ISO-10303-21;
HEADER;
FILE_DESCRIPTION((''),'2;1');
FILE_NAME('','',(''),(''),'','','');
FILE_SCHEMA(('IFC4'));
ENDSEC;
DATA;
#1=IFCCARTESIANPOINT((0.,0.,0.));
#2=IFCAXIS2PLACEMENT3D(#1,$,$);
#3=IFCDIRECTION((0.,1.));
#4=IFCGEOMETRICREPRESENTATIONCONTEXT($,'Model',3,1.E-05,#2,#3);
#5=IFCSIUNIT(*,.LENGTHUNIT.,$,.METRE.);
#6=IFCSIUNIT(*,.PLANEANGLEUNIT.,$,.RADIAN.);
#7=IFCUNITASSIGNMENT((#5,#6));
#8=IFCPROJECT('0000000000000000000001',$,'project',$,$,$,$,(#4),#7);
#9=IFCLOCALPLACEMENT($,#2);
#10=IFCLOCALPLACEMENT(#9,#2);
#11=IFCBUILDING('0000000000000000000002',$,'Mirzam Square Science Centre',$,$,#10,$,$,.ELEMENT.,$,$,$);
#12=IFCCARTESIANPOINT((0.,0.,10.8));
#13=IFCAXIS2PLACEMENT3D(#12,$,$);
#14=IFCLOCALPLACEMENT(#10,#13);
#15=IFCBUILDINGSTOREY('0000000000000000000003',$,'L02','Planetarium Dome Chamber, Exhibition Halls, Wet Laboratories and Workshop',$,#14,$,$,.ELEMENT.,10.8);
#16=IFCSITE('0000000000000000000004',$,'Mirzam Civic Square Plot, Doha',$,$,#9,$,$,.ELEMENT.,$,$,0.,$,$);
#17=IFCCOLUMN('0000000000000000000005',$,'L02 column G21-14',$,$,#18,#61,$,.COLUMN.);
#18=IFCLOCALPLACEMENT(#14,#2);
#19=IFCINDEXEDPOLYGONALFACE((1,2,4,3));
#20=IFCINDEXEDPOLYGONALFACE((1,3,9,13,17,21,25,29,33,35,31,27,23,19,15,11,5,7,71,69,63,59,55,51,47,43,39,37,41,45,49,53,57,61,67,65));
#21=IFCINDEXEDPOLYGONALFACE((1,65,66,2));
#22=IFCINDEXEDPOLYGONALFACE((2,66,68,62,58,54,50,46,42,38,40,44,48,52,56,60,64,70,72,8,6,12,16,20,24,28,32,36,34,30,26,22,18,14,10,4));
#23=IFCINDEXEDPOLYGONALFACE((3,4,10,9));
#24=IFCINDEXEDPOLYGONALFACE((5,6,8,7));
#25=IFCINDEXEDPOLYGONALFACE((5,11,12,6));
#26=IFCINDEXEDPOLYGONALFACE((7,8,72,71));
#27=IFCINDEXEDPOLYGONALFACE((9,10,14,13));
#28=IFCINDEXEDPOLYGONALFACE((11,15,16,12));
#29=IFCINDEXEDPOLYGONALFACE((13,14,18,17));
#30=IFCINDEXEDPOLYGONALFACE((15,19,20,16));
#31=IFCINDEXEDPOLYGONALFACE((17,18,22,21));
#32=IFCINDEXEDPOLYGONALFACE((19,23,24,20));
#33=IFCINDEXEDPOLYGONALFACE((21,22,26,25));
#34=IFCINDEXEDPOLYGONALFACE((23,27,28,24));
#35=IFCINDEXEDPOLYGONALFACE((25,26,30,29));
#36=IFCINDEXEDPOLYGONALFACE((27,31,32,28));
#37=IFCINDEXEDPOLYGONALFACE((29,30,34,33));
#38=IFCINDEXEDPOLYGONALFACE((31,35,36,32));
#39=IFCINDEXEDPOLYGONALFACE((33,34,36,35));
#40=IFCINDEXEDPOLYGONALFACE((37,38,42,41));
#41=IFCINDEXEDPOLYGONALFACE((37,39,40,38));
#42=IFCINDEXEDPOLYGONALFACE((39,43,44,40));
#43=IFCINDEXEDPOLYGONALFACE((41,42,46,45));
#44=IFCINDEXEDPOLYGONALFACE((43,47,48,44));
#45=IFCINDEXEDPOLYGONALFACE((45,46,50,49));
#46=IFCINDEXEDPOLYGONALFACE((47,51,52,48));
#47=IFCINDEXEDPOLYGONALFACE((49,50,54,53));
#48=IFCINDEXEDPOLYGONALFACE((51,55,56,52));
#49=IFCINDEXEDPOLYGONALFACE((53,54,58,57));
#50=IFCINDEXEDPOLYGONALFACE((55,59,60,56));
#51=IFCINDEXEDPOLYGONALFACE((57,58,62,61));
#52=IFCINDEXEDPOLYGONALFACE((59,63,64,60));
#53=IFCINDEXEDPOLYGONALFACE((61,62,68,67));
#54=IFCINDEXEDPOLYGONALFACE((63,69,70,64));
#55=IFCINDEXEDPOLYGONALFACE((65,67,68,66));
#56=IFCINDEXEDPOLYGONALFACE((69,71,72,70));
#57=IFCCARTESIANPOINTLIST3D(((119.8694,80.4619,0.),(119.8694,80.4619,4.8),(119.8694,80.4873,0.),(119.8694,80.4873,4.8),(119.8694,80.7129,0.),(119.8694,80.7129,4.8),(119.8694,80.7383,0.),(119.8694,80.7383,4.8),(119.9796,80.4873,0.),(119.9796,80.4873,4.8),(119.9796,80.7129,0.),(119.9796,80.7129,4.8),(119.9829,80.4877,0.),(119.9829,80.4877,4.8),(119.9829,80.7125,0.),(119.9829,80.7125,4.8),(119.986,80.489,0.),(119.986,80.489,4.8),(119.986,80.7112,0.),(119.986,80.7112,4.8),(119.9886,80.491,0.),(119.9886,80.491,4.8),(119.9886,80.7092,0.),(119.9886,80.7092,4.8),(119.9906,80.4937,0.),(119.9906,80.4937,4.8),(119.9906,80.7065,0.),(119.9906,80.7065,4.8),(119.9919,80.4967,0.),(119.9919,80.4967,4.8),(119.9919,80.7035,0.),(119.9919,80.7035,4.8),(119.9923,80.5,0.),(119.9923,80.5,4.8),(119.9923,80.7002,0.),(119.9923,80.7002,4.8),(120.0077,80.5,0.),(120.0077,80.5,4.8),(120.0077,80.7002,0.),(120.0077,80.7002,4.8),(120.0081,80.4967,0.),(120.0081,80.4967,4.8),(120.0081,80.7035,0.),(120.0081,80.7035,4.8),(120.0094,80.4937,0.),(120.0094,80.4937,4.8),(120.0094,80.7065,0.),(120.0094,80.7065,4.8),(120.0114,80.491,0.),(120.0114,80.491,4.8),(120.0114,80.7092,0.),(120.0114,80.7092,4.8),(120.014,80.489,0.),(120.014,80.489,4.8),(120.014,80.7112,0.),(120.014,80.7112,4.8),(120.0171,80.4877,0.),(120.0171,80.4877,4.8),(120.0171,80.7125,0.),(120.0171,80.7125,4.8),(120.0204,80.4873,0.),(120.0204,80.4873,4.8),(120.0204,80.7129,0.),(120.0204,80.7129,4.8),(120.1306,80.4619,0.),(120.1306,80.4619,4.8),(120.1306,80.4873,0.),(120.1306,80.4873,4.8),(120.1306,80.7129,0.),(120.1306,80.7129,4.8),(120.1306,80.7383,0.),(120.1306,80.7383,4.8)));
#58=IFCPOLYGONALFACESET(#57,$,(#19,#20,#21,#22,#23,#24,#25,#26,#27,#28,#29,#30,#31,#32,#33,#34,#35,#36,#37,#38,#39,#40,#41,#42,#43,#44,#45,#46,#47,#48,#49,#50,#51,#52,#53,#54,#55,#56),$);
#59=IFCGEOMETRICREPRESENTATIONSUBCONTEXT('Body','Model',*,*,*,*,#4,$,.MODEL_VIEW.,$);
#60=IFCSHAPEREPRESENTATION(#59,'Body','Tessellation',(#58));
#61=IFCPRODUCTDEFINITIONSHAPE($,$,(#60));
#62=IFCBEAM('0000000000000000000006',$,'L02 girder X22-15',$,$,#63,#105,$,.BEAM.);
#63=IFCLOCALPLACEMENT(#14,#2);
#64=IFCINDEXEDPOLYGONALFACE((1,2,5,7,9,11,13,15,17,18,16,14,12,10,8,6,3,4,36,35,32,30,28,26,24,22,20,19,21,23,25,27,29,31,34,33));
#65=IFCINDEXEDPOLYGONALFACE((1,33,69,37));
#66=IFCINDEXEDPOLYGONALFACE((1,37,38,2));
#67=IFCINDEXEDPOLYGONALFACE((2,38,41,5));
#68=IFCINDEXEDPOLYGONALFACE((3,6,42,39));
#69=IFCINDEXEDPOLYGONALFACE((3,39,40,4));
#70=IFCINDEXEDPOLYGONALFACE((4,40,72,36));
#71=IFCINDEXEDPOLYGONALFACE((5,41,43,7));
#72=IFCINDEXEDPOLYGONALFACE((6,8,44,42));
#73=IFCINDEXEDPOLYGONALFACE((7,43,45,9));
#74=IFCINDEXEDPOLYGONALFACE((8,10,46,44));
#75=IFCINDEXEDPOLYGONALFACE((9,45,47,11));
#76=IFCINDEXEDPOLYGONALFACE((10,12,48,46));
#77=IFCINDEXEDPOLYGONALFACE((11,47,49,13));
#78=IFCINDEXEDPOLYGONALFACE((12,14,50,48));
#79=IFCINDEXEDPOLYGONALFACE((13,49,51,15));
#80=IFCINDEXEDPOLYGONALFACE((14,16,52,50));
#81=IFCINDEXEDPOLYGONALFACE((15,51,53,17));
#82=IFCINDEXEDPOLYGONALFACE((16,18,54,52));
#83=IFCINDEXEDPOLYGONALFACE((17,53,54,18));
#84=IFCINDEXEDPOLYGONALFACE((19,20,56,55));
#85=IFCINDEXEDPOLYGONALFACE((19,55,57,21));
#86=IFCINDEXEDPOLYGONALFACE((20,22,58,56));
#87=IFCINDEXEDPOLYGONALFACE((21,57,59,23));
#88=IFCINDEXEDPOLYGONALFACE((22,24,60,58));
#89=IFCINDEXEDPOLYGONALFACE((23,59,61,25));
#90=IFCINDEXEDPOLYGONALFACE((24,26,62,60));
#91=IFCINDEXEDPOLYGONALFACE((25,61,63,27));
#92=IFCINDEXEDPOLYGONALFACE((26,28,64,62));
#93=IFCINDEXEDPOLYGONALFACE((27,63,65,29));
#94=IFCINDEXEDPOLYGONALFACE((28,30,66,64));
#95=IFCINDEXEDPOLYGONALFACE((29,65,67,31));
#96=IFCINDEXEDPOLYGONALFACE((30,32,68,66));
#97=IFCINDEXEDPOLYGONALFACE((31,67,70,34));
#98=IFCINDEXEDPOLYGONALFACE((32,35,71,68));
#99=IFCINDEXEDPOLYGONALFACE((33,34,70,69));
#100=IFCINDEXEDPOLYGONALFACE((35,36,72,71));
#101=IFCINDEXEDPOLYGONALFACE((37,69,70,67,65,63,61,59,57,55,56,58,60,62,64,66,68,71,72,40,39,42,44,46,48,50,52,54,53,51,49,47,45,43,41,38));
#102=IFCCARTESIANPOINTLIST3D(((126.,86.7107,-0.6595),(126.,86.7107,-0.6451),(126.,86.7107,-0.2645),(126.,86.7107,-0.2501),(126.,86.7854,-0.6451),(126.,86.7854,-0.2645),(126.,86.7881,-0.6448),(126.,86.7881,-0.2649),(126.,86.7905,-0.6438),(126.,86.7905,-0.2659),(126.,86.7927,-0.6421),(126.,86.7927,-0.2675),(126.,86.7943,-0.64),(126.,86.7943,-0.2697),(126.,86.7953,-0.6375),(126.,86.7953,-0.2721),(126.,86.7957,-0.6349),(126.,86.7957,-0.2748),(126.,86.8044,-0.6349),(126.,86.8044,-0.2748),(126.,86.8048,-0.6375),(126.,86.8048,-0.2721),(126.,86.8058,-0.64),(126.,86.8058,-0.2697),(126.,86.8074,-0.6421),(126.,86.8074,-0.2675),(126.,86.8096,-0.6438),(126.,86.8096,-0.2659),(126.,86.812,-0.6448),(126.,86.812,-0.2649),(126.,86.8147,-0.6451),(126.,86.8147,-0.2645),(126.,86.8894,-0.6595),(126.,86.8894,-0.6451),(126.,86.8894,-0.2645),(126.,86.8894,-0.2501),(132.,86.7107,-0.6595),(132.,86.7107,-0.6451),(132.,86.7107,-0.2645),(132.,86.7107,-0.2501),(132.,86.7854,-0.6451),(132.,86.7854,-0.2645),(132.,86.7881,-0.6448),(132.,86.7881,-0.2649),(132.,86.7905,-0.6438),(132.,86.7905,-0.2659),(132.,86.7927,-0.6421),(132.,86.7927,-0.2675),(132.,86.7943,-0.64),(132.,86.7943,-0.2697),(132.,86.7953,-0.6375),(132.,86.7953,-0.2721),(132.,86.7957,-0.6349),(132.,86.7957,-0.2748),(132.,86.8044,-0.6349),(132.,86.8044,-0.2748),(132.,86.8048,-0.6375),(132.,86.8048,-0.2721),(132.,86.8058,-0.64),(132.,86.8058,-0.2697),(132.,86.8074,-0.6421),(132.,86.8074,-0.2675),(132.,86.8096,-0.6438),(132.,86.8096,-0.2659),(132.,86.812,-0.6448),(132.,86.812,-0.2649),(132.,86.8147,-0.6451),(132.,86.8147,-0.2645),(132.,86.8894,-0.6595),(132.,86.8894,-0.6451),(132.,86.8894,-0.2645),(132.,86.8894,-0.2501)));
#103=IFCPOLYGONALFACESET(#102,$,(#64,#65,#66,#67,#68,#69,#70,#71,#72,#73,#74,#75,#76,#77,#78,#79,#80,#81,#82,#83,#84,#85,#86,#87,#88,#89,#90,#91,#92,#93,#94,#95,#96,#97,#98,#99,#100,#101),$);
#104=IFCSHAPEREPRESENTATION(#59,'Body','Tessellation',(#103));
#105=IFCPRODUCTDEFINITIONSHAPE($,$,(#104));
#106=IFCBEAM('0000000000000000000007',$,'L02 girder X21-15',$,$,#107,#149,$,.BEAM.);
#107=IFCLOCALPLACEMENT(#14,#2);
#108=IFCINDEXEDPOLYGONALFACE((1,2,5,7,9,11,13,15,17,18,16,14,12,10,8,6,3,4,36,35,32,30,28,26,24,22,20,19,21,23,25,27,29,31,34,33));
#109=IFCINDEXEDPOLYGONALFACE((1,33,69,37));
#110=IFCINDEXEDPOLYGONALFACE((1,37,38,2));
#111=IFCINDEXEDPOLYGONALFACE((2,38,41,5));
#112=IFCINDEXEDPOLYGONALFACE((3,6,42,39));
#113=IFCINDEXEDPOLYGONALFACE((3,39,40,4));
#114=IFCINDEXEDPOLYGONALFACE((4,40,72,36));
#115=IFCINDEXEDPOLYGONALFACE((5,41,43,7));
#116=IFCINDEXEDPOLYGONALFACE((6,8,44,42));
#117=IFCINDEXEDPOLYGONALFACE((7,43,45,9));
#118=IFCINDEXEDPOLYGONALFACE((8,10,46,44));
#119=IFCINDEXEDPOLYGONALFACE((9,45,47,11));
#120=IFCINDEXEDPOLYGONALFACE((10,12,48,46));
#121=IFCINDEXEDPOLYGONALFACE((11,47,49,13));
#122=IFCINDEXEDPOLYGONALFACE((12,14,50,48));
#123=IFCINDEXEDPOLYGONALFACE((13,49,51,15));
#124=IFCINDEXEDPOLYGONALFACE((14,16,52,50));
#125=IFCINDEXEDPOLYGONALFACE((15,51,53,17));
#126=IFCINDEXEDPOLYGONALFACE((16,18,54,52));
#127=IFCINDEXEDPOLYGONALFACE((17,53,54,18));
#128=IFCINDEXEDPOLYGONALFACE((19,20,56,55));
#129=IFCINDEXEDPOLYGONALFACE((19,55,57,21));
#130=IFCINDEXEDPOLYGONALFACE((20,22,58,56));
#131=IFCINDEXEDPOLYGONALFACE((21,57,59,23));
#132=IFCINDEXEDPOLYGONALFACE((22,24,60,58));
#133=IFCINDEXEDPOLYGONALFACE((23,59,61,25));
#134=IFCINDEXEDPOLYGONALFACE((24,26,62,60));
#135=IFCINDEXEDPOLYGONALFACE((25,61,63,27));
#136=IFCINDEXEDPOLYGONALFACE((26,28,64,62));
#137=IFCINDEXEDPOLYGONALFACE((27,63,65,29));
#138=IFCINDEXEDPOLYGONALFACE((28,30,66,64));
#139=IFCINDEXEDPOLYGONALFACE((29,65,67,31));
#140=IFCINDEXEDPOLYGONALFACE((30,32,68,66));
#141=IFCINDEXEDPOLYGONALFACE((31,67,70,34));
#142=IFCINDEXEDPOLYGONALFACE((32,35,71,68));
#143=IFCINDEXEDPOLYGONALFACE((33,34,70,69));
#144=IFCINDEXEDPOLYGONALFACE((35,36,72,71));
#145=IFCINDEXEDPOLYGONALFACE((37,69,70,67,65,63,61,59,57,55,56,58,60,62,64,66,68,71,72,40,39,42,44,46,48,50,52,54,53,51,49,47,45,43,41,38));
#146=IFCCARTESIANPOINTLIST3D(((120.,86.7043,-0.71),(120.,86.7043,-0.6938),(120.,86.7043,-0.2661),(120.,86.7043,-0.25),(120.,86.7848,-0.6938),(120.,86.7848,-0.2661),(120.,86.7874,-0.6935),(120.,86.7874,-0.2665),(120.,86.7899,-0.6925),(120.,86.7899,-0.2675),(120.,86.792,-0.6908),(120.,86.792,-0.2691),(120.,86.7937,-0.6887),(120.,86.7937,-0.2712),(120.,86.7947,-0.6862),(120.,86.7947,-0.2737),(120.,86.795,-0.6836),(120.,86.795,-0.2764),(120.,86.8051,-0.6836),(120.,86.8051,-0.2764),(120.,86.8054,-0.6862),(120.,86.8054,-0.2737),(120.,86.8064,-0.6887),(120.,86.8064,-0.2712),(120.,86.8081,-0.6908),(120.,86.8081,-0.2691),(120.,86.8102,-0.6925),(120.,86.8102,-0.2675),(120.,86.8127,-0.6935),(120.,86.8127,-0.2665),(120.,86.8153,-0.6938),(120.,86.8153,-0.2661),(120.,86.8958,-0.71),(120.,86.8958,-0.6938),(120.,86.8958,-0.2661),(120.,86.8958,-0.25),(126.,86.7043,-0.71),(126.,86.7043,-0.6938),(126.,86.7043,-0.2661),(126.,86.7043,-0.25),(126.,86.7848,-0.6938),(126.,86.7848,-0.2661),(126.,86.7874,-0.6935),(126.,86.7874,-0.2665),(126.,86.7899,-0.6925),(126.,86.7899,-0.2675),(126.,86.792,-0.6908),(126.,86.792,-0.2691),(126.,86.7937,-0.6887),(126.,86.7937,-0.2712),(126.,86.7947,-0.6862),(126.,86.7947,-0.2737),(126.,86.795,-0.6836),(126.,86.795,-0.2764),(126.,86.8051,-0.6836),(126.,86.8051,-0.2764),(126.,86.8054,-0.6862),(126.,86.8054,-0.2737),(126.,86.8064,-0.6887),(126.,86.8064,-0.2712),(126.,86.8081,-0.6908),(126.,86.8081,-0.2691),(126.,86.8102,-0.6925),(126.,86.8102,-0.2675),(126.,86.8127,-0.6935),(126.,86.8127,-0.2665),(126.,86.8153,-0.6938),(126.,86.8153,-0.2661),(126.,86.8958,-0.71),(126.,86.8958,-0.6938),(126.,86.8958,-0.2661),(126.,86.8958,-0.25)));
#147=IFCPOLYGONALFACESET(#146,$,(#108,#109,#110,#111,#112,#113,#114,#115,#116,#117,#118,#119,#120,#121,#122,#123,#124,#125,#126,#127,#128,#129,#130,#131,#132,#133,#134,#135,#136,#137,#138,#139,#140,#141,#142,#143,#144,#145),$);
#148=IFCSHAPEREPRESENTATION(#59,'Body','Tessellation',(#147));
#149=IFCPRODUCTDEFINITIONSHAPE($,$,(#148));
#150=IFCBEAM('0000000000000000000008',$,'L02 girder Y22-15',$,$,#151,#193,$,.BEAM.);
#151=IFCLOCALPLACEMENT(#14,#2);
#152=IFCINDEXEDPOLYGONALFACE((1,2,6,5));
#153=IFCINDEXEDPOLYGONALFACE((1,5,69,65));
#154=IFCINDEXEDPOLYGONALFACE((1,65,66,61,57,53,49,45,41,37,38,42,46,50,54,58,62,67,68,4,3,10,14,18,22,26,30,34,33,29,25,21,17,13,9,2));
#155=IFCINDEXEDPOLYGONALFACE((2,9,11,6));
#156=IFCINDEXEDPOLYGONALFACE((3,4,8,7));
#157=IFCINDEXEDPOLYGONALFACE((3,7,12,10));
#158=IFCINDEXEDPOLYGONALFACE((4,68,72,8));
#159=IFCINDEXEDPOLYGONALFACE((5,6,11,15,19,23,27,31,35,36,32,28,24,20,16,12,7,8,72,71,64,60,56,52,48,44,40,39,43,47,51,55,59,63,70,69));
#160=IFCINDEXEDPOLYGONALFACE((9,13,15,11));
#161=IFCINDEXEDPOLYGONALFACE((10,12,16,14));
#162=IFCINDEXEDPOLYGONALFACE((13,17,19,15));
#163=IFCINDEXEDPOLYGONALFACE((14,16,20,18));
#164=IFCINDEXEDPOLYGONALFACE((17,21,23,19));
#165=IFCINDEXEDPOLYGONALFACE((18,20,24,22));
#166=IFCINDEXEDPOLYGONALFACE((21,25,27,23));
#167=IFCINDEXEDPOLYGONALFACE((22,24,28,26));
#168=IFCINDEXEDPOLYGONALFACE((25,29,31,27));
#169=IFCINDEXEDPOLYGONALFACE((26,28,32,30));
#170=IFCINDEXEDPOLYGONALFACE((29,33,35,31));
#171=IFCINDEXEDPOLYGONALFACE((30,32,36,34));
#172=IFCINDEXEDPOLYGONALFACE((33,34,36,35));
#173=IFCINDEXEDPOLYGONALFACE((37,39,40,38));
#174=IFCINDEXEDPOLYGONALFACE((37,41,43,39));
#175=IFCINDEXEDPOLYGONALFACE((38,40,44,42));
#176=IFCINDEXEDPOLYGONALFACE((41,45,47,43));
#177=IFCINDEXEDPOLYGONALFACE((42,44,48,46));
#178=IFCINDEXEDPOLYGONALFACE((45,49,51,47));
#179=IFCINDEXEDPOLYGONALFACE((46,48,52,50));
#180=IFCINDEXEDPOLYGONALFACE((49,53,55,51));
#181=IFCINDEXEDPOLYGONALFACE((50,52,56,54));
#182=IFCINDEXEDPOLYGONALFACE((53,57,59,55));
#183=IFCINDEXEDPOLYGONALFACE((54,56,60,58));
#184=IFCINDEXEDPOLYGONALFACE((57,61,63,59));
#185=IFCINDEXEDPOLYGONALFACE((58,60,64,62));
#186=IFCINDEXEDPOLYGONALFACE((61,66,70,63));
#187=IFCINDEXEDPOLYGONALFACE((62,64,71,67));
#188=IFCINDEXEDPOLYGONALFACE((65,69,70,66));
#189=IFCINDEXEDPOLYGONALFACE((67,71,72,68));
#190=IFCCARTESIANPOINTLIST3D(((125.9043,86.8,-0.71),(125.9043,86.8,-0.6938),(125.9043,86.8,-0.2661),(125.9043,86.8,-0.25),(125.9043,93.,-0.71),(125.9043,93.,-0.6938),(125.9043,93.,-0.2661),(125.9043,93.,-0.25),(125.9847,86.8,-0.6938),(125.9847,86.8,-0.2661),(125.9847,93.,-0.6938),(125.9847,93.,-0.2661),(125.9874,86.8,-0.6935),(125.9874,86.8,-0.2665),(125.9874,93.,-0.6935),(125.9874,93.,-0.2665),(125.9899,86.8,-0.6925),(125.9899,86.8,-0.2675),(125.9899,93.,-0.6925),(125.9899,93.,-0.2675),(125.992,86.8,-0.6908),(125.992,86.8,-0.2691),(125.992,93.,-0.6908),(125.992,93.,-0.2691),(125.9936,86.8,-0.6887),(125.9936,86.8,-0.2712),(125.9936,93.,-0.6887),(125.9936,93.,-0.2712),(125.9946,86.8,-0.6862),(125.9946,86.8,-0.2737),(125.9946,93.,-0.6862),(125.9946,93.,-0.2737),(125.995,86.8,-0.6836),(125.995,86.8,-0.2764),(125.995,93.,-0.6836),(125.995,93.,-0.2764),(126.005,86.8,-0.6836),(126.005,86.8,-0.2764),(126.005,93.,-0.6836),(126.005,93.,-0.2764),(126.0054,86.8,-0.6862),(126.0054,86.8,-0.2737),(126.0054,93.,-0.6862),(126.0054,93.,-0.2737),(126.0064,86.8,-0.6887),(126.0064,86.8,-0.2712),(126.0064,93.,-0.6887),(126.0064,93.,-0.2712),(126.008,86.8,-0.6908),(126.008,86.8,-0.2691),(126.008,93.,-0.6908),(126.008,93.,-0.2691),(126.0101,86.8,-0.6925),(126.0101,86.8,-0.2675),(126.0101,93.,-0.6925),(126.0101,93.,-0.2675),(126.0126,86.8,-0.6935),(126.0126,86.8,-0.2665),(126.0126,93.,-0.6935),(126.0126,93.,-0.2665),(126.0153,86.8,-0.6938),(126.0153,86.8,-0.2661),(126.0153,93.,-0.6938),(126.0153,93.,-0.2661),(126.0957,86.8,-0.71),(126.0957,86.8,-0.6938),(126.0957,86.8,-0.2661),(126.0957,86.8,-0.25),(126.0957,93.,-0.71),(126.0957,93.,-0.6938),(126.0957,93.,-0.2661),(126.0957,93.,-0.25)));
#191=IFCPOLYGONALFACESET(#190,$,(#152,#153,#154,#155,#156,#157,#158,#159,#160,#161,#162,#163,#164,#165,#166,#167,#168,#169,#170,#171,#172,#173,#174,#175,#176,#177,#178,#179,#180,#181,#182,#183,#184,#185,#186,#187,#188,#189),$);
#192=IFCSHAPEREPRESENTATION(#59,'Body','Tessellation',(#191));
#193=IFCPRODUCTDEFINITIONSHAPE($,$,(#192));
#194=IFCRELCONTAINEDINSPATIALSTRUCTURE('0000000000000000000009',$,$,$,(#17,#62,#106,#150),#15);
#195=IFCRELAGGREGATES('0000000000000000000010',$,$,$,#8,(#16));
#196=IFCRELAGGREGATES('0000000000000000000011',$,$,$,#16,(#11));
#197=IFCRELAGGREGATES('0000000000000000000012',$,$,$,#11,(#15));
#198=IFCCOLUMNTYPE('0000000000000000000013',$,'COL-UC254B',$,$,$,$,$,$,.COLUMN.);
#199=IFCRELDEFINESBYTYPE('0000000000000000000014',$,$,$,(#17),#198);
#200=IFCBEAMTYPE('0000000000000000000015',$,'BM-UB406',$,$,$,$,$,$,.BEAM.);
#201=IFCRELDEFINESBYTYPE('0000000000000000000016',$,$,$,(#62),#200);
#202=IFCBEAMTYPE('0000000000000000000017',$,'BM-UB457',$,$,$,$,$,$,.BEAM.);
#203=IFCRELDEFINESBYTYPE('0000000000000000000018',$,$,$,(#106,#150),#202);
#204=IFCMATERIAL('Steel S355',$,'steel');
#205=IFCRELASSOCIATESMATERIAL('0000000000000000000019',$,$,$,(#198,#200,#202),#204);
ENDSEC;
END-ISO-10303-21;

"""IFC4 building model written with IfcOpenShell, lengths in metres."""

from ifc_helpers import new_model, si_unit, direction, frame, origin, origin_2d, place, context, subcontext, project, spatial, i_section, extrude, material, material_profile, profile_set, type_object, element, save


model = new_model("IFC4")

# Units and contexts
model_context = context("Model", 3, precision=1e-05, world=origin(), true_north=direction((0.0, 1.0)))
body_context = subcontext(model_context, "Body", "Model", "MODEL_VIEW")
ifc_project = project(units=[si_unit("LENGTHUNIT", "METRE"), si_unit("PLANEANGLEUNIT", "RADIAN")], contexts=[model_context])

# Site, building, storey
site_placement = place(None, origin())
site = spatial("IfcSite", under=ifc_project, at=site_placement, Name="Mirzam Civic Square Plot, Doha", CompositionType="ELEMENT", RefElevation=0.0)
building_placement = place(site_placement, origin())
building = spatial("IfcBuilding", under=site, at=building_placement, Name="Mirzam Square Science Centre", CompositionType="ELEMENT")
storey_placement = place(building_placement, frame((0.0, 0.0, 10.8)))
storey = spatial("IfcBuildingStorey", under=building, at=storey_placement, Name="L02", Description="Planetarium Dome Chamber, Exhibition Halls, Wet Laboratories and Workshop", CompositionType="ELEMENT", Elevation=10.8)

# Column
ifc_material_1 = material(Name="Steel S355", Category="steel")
ifc_material_profile_1 = material_profile(ifc_material_1, i_section(OverallWidth=0.2612, OverallDepth=0.2764, WebThickness=0.0154, FlangeThickness=0.0254, FilletRadius=0.0127, at=origin_2d()), Name="254x254x132UC")
ifc_profile_set_1 = profile_set([ifc_material_profile_1], Name="Steel S355")
column_type_1 = type_object("IfcColumnType", Name="COL-UC254B", PredefinedType="COLUMN", material=ifc_profile_set_1)
column_1_placement = place(storey_placement, frame((120.0, 80.6001, 0.0), z_axis=(0.0, 0.0, 1.0), x_axis=(1.0, 0.0, 0.0)))
element("IfcColumn", 1, at=column_1_placement, inside=storey, type_object=column_type_1, Name="L02 column G21-14", PredefinedType="COLUMN", context=body_context, shape_type="SweptSolid", body=[
    extrude(i_section(OverallWidth=0.2612, OverallDepth=0.2764, WebThickness=0.0154, FlangeThickness=0.0254, FilletRadius=0.0127, at=origin_2d()), origin(), (0.0, 0.0, 1.0), 4.8),
])

# Beams
ifc_material_profile_2 = material_profile(ifc_material_1, i_section(OverallWidth=0.1787, OverallDepth=0.4094, WebThickness=0.0088, FlangeThickness=0.0144, FilletRadius=0.0103, at=origin_2d()), Name="406x178x67UB")
ifc_profile_set_2 = profile_set([ifc_material_profile_2], Name="Steel S355")
beam_type_1 = type_object("IfcBeamType", Name="BM-UB406", PredefinedType="BEAM", material=ifc_profile_set_2)
beam_1_placement = place(storey_placement, frame((126.0, 86.8, -0.4548), z_axis=(1.0, 0.0, 0.0), x_axis=(0.0, 1.0, 0.0)))
element("IfcBeam", 2, at=beam_1_placement, inside=storey, type_object=beam_type_1, Name="L02 girder X22-15", PredefinedType="BEAM", context=body_context, shape_type="SweptSolid", body=[
    extrude(i_section(OverallWidth=0.1787, OverallDepth=0.4094, WebThickness=0.0088, FlangeThickness=0.0144, FilletRadius=0.0103, at=origin_2d()), origin(), (0.0, 0.0, 1.0), 6.0),
])
ifc_material_profile_3 = material_profile(ifc_material_1, i_section(OverallWidth=0.1914, OverallDepth=0.46, WebThickness=0.01, FlangeThickness=0.0161, FilletRadius=0.0103, at=origin_2d()), Name="457x191x82UB")
ifc_profile_set_3 = profile_set([ifc_material_profile_3], Name="Steel S355")
beam_type_2 = type_object("IfcBeamType", Name="BM-UB457", PredefinedType="BEAM", material=ifc_profile_set_3)
beam_2_placement = place(storey_placement, frame((120.0, 86.8, -0.48), z_axis=(1.0, 0.0, 0.0), x_axis=(0.0, 1.0, 0.0)))
element("IfcBeam", 3, at=beam_2_placement, inside=storey, type_object=beam_type_2, Name="L02 girder X21-15", PredefinedType="BEAM", context=body_context, shape_type="SweptSolid", body=[
    extrude(i_section(OverallWidth=0.1914, OverallDepth=0.46, WebThickness=0.01, FlangeThickness=0.0161, FilletRadius=0.0103, at=origin_2d()), origin(), (0.0, 0.0, 1.0), 6.0),
])
beam_3_placement = place(storey_placement, frame((126.0, 86.8, -0.48), z_axis=(0.0, 1.0, 0.0), x_axis=(-1.0, 0.0, 0.0)))
element("IfcBeam", 4, at=beam_3_placement, inside=storey, type_object=beam_type_2, Name="L02 girder Y22-15", PredefinedType="BEAM", context=body_context, shape_type="SweptSolid", body=[
    extrude(i_section(OverallWidth=0.1914, OverallDepth=0.46, WebThickness=0.01, FlangeThickness=0.0161, FilletRadius=0.0103, at=origin_2d()), origin(), (0.0, 0.0, 1.0), 6.2),
])

save(model, "model.ifc")
